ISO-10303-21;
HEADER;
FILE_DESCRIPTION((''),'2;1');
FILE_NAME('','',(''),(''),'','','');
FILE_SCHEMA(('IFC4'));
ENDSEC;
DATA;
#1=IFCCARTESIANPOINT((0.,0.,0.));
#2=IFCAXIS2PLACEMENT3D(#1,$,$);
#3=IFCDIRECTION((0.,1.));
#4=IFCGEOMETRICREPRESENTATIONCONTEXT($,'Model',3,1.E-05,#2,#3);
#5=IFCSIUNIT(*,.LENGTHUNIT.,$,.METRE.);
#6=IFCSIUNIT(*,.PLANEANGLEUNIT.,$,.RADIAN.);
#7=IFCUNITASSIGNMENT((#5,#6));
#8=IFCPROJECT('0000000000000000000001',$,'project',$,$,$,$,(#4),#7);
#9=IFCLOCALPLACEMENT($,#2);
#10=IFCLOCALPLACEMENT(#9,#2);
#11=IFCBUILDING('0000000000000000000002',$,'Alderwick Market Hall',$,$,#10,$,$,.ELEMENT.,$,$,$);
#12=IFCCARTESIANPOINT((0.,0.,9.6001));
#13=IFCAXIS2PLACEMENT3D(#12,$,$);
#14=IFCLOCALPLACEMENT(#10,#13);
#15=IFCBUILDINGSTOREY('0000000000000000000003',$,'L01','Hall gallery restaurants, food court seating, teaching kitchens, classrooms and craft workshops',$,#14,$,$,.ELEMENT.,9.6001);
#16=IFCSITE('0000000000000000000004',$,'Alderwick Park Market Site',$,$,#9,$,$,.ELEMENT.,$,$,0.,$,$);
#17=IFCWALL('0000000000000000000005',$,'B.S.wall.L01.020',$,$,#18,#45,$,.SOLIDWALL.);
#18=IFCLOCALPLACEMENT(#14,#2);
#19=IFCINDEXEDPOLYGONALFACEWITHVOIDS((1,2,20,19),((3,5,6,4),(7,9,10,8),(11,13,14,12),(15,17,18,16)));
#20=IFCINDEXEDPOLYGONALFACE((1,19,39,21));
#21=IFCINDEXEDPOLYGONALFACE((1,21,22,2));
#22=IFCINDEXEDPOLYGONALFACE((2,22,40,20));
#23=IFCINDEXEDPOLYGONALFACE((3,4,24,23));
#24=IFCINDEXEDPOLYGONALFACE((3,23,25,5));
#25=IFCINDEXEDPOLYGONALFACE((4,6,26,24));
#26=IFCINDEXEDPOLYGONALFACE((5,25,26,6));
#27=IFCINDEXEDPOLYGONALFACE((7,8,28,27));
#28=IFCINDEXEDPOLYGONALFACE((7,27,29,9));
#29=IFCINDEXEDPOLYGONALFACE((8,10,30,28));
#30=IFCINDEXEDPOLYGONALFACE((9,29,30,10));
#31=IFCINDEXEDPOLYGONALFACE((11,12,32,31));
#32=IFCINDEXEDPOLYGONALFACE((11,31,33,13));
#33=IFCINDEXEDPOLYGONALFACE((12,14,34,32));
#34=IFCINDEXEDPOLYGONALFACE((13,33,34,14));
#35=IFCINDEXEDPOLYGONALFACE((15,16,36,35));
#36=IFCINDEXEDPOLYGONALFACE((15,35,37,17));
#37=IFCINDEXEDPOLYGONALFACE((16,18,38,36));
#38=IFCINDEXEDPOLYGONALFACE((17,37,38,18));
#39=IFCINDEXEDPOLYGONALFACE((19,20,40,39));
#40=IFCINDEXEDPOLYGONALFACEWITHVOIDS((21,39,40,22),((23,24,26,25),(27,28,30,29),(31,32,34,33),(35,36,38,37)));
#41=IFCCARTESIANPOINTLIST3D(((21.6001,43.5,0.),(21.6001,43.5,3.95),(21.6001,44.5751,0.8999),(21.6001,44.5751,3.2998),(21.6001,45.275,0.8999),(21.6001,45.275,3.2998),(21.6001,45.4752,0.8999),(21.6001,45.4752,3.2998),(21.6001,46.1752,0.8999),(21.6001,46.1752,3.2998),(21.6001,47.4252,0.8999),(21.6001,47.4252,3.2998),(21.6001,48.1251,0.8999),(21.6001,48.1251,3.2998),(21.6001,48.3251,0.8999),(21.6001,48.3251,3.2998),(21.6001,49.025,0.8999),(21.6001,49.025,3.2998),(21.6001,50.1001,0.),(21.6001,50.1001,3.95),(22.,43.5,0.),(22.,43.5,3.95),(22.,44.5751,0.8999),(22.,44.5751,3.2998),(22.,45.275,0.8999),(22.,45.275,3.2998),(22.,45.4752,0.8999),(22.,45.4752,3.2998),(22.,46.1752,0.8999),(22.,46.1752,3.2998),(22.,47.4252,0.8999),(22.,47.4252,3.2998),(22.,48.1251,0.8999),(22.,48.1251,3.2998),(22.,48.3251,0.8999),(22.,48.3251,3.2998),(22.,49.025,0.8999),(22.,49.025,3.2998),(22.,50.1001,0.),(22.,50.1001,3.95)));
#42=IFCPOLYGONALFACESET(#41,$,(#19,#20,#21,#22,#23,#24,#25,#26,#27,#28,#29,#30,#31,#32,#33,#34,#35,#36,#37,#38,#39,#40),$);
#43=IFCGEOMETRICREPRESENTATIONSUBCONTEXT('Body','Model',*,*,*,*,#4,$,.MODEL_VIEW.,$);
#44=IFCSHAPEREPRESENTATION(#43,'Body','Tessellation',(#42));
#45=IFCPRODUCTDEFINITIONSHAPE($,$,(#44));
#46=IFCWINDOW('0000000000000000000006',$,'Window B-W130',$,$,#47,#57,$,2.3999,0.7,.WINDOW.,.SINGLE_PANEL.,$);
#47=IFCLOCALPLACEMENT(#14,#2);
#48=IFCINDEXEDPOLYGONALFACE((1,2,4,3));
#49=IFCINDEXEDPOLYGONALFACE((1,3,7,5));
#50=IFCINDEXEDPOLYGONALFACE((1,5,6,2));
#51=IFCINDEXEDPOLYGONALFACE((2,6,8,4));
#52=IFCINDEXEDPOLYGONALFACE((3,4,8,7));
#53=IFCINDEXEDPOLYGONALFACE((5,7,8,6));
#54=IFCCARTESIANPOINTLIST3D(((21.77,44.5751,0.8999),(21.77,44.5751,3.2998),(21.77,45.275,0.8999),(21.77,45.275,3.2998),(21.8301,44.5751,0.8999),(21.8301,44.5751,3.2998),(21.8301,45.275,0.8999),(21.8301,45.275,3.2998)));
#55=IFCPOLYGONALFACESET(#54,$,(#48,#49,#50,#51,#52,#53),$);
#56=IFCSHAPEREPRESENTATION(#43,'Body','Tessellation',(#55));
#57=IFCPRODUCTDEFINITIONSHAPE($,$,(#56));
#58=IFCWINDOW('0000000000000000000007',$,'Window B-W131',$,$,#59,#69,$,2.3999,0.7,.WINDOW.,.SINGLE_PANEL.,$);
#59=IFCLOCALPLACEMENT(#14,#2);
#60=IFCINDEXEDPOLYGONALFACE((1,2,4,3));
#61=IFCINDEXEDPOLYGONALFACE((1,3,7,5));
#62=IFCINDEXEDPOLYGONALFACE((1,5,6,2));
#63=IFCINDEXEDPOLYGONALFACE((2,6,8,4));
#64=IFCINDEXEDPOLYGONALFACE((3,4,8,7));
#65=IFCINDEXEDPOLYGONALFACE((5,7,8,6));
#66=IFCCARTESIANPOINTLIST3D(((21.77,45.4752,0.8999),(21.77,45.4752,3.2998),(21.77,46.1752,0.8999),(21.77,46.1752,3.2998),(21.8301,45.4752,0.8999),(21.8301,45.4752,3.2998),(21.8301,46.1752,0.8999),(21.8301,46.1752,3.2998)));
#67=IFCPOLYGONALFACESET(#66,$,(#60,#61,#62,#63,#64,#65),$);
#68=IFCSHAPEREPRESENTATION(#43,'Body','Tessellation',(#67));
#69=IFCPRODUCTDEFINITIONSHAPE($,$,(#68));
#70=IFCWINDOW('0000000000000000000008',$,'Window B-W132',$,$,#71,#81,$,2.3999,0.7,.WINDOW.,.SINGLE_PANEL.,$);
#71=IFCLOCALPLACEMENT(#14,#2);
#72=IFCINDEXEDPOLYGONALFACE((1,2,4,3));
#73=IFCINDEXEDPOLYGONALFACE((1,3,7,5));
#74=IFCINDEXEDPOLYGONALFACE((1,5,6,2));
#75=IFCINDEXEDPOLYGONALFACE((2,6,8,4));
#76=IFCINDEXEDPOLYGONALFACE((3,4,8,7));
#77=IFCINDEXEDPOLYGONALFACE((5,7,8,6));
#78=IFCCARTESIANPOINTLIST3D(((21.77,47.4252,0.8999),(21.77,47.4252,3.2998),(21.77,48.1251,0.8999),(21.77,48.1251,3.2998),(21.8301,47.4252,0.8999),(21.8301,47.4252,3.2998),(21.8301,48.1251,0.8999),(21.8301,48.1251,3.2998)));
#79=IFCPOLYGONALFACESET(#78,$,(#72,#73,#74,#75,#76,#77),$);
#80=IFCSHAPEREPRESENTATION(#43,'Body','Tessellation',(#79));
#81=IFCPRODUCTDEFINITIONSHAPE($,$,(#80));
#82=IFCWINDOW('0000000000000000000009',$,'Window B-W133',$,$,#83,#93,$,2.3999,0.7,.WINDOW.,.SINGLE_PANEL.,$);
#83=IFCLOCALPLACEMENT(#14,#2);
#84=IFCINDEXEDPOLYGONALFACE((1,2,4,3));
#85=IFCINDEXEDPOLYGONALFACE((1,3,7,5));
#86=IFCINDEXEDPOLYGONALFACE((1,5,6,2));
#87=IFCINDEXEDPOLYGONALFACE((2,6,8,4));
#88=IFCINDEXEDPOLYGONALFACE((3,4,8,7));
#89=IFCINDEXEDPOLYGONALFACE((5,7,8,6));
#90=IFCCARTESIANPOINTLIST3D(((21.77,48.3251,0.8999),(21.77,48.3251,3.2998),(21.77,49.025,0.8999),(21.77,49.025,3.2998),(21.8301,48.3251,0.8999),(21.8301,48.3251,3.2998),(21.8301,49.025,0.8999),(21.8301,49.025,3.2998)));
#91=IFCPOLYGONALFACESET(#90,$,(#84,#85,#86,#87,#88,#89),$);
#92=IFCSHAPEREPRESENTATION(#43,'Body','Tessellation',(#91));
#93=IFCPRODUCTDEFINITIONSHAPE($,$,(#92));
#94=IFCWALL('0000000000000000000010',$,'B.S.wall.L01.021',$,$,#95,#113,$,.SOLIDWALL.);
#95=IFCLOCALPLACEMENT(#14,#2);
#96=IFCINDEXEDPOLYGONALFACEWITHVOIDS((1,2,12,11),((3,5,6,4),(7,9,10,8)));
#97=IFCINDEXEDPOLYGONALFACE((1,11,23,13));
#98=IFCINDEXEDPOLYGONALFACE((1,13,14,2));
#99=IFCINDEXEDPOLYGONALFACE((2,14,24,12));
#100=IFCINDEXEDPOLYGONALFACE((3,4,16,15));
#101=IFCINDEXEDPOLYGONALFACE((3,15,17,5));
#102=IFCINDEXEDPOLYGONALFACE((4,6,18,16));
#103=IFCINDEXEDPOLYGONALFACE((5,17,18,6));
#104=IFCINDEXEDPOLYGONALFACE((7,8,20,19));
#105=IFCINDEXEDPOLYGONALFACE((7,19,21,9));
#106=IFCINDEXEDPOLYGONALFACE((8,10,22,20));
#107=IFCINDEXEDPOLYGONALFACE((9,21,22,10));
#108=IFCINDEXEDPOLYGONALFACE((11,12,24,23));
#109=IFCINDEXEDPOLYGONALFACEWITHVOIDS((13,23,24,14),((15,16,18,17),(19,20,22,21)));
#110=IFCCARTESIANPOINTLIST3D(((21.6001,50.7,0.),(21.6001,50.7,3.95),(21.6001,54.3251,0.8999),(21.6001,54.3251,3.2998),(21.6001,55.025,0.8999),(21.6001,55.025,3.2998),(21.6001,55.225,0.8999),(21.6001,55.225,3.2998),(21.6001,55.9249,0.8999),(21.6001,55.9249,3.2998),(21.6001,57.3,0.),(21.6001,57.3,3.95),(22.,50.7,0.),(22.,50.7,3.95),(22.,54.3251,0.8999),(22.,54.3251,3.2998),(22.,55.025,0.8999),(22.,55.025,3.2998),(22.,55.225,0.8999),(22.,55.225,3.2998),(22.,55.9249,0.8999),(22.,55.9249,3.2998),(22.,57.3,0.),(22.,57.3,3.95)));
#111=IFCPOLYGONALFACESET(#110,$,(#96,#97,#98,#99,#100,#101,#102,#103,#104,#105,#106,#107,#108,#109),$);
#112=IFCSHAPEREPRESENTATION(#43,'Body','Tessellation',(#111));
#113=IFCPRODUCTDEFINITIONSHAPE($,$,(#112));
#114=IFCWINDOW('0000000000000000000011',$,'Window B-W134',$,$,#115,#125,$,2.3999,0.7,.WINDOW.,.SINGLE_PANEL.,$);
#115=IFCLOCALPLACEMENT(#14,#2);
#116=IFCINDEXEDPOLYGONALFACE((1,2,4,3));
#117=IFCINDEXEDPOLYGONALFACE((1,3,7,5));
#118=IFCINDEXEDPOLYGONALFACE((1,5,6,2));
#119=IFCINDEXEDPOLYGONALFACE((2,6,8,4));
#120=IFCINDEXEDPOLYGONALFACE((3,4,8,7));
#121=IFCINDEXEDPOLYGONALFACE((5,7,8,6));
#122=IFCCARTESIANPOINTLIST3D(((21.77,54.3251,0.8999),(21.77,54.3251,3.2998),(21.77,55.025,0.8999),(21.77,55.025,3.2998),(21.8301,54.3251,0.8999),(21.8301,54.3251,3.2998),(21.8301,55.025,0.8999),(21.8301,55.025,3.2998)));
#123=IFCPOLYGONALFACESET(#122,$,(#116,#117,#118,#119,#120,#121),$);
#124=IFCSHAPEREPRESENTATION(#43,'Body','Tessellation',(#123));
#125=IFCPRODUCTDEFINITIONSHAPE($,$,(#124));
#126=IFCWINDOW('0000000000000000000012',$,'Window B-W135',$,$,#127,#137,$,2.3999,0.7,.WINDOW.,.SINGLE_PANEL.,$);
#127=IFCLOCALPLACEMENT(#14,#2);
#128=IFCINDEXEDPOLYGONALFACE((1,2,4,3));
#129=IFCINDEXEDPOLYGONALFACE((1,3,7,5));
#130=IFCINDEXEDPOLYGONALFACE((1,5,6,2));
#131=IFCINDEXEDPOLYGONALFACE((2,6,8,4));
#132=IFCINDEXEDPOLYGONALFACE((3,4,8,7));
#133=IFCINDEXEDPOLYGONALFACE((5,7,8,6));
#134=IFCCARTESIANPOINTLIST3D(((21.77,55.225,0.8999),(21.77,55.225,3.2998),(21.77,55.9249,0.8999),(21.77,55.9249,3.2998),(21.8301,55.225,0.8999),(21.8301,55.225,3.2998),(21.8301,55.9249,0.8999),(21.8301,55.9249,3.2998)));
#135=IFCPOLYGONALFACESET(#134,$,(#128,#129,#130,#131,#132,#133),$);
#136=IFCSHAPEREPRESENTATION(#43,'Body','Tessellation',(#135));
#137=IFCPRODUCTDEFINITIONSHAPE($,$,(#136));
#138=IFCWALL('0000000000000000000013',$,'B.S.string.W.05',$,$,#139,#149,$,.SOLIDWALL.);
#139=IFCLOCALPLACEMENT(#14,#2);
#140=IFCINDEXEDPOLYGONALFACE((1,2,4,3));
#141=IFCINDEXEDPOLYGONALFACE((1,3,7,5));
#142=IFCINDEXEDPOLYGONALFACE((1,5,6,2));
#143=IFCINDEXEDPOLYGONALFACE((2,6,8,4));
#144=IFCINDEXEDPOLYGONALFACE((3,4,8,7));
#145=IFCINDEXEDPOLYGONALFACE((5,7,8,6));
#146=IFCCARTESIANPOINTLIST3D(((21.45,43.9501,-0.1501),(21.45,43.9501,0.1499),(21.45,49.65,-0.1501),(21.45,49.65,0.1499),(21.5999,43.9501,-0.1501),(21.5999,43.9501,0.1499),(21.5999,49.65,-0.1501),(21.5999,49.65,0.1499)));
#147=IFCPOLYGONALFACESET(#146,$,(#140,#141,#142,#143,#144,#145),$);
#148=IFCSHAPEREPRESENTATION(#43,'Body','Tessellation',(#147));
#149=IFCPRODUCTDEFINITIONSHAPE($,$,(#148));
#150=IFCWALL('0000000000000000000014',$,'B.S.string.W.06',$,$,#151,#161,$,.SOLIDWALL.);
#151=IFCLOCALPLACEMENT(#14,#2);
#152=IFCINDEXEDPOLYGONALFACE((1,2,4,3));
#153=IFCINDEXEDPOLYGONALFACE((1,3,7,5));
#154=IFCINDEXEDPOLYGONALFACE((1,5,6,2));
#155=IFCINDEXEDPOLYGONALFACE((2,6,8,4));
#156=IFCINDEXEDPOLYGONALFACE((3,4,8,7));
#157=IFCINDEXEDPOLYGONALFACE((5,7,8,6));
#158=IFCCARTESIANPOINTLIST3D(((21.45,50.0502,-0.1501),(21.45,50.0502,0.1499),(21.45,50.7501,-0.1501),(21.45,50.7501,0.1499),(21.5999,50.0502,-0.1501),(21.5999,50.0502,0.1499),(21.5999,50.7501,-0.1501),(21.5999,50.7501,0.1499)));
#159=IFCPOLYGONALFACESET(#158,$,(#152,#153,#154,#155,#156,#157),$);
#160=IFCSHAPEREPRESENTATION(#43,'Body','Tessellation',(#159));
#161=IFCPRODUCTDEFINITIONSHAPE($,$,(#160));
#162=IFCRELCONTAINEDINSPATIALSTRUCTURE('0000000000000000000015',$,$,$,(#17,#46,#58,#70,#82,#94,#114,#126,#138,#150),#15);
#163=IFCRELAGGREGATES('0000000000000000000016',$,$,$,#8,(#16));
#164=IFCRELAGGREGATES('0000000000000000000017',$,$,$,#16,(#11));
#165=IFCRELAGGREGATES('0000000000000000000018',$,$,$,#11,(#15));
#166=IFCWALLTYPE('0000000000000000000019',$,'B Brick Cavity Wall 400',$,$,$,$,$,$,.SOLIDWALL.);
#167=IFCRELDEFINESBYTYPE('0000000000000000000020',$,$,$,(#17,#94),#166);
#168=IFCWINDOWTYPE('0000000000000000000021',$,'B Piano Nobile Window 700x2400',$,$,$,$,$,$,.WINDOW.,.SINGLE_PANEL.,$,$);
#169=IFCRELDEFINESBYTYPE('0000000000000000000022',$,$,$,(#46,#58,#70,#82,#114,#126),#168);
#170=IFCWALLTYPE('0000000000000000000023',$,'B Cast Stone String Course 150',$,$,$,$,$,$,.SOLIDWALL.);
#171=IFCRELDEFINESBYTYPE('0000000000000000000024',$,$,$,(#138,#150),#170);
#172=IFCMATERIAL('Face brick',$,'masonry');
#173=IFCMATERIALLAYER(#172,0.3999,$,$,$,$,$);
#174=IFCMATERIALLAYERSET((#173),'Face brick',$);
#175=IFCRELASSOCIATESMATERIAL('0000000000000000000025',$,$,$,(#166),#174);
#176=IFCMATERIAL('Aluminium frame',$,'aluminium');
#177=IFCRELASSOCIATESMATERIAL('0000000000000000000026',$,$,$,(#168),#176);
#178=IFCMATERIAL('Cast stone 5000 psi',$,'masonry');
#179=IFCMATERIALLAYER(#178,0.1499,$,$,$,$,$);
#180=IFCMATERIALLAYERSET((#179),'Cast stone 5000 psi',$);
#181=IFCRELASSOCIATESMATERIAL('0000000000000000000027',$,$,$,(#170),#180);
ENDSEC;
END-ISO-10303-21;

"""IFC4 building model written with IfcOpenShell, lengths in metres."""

from ifc_helpers import new_model, si_unit, direction, frame, frame_2d, origin, place, context, subcontext, project, spatial, rectangle, extrude, material, layer, layer_set, type_object, element, fill, save


model = new_model("IFC4")

# Units and contexts
model_context = context("Model", 3, precision=1e-05, world=origin(), true_north=direction((0.0, 1.0)))
body_context = subcontext(model_context, "Body", "Model", "MODEL_VIEW")
ifc_project = project(units=[si_unit("LENGTHUNIT", "METRE"), si_unit("PLANEANGLEUNIT", "RADIAN")], contexts=[model_context])

# Site, building, storey
site_placement = place(None, origin())
site = spatial("IfcSite", under=ifc_project, at=site_placement, Name="Alderwick Park Market Site", CompositionType="ELEMENT", RefElevation=0.0)
building_placement = place(site_placement, origin())
building = spatial("IfcBuilding", under=site, at=building_placement, Name="Alderwick Market Hall", CompositionType="ELEMENT")
storey_placement = place(building_placement, frame((0.0, 0.0, 9.6001)))
storey = spatial("IfcBuildingStorey", under=building, at=storey_placement, Name="L01", Description="Hall gallery restaurants, food court seating, teaching kitchens, classrooms and craft workshops", CompositionType="ELEMENT", Elevation=9.6001)

# Walls, openings, windows
ifc_material_1 = material(Name="Face brick", Category="masonry")
ifc_layer_1 = layer(ifc_material_1, 0.3999)
ifc_layer_set_1 = layer_set([ifc_layer_1], Name="Face brick")
wall_type_1 = type_object("IfcWallType", Name="B Brick Cavity Wall 400", PredefinedType="SOLIDWALL", material=ifc_layer_set_1)
wall_1_placement = place(storey_placement, frame((21.8, 43.5, 0.0), z_axis=(0.0, 0.0, 1.0), x_axis=(0.0, 1.0, 0.0)))
wall_1 = element("IfcWall", 1, at=wall_1_placement, inside=storey, type_object=wall_type_1, Name="B.S.wall.L01.020", PredefinedType="SOLIDWALL", context=body_context, shape_type="SweptSolid", body=[
    extrude(rectangle(XDim=6.6001, YDim=0.3999, at=frame_2d((3.3, 0.0))), origin(), (0.0, 0.0, 1.0), 3.95),
])
opening_1_placement = place(wall_1_placement, frame((1.075, 0.0, 0.8999)))
opening_1 = element("IfcOpeningElement", 2, at=opening_1_placement, cuts=wall_1, PredefinedType="OPENING", context=body_context, shape_type="SweptSolid", body=[
    extrude(rectangle(XDim=0.7, YDim=2.3999, at=frame_2d((0.3501, 1.2))), frame((0.0, 0.21, 0.0), z_axis=(0.0, -1.0, 0.0), x_axis=(1.0, 0.0, 0.0)), (0.0, 0.0, 1.0), 0.4199),
])
opening_2_placement = place(wall_1_placement, frame((1.9751, 0.0, 0.8999)))
opening_2 = element("IfcOpeningElement", 3, at=opening_2_placement, cuts=wall_1, PredefinedType="OPENING", context=body_context, shape_type="SweptSolid", body=[
    extrude(rectangle(XDim=0.7, YDim=2.3999, at=frame_2d((0.3501, 1.2))), frame((0.0, 0.21, 0.0), z_axis=(0.0, -1.0, 0.0), x_axis=(1.0, 0.0, 0.0)), (0.0, 0.0, 1.0), 0.4199),
])
opening_3_placement = place(wall_1_placement, frame((3.925, 0.0, 0.8999)))
opening_3 = element("IfcOpeningElement", 4, at=opening_3_placement, cuts=wall_1, PredefinedType="OPENING", context=body_context, shape_type="SweptSolid", body=[
    extrude(rectangle(XDim=0.7, YDim=2.3999, at=frame_2d((0.3501, 1.2))), frame((0.0, 0.21, 0.0), z_axis=(0.0, -1.0, 0.0), x_axis=(1.0, 0.0, 0.0)), (0.0, 0.0, 1.0), 0.4199),
])
opening_4_placement = place(wall_1_placement, frame((4.825, 0.0, 0.8999)))
opening_4 = element("IfcOpeningElement", 5, at=opening_4_placement, cuts=wall_1, PredefinedType="OPENING", context=body_context, shape_type="SweptSolid", body=[
    extrude(rectangle(XDim=0.7, YDim=2.3999, at=frame_2d((0.3501, 1.2))), frame((0.0, 0.21, 0.0), z_axis=(0.0, -1.0, 0.0), x_axis=(1.0, 0.0, 0.0)), (0.0, 0.0, 1.0), 0.4199),
])
ifc_material_2 = material(Name="Aluminium frame", Category="aluminium")
window_type = type_object("IfcWindowType", Name="B Piano Nobile Window 700x2400", PartitioningType="SINGLE_PANEL", PredefinedType="WINDOW", material=ifc_material_2)
window_1_placement = place(opening_1_placement, origin())
window_1 = element("IfcWindow", 6, at=window_1_placement, inside=storey, type_object=window_type, Name="Window B-W130", OverallHeight=2.3999, OverallWidth=0.7, PartitioningType="SINGLE_PANEL", PredefinedType="WINDOW", context=body_context, shape_type="SweptSolid", body=[
    extrude(rectangle(XDim=0.7, YDim=2.3999, at=frame_2d((0.3501, 1.2))), frame((0.0, 0.03, 0.0), z_axis=(0.0, -1.0, 0.0), x_axis=(1.0, 0.0, 0.0)), (0.0, 0.0, 1.0), 0.0601),
])
fill(opening_1, window_1)
window_2_placement = place(opening_2_placement, origin())
window_2 = element("IfcWindow", 7, at=window_2_placement, inside=storey, type_object=window_type, Name="Window B-W131", OverallHeight=2.3999, OverallWidth=0.7, PartitioningType="SINGLE_PANEL", PredefinedType="WINDOW", context=body_context, shape_type="SweptSolid", body=[
    extrude(rectangle(XDim=0.7, YDim=2.3999, at=frame_2d((0.3501, 1.2))), frame((0.0, 0.03, 0.0), z_axis=(0.0, -1.0, 0.0), x_axis=(1.0, 0.0, 0.0)), (0.0, 0.0, 1.0), 0.0601),
])
fill(opening_2, window_2)
window_3_placement = place(opening_3_placement, origin())
window_3 = element("IfcWindow", 8, at=window_3_placement, inside=storey, type_object=window_type, Name="Window B-W132", OverallHeight=2.3999, OverallWidth=0.7, PartitioningType="SINGLE_PANEL", PredefinedType="WINDOW", context=body_context, shape_type="SweptSolid", body=[
    extrude(rectangle(XDim=0.7, YDim=2.3999, at=frame_2d((0.3501, 1.2))), frame((0.0, 0.03, 0.0), z_axis=(0.0, -1.0, 0.0), x_axis=(1.0, 0.0, 0.0)), (0.0, 0.0, 1.0), 0.0601),
])
fill(opening_3, window_3)
window_4_placement = place(opening_4_placement, origin())
window_4 = element("IfcWindow", 9, at=window_4_placement, inside=storey, type_object=window_type, Name="Window B-W133", OverallHeight=2.3999, OverallWidth=0.7, PartitioningType="SINGLE_PANEL", PredefinedType="WINDOW", context=body_context, shape_type="SweptSolid", body=[
    extrude(rectangle(XDim=0.7, YDim=2.3999, at=frame_2d((0.3501, 1.2))), frame((0.0, 0.03, 0.0), z_axis=(0.0, -1.0, 0.0), x_axis=(1.0, 0.0, 0.0)), (0.0, 0.0, 1.0), 0.0601),
])
fill(opening_4, window_4)
wall_2_placement = place(storey_placement, frame((21.8, 50.7, 0.0), z_axis=(0.0, 0.0, 1.0), x_axis=(0.0, 1.0, 0.0)))
wall_2 = element("IfcWall", 10, at=wall_2_placement, inside=storey, type_object=wall_type_1, Name="B.S.wall.L01.021", PredefinedType="SOLIDWALL", context=body_context, shape_type="SweptSolid", body=[
    extrude(rectangle(XDim=6.6001, YDim=0.3999, at=frame_2d((3.3, 0.0))), origin(), (0.0, 0.0, 1.0), 3.95),
])
opening_5_placement = place(wall_2_placement, frame((3.625, 0.0, 0.8999)))
opening_5 = element("IfcOpeningElement", 11, at=opening_5_placement, cuts=wall_2, PredefinedType="OPENING", context=body_context, shape_type="SweptSolid", body=[
    extrude(rectangle(XDim=0.7, YDim=2.3999, at=frame_2d((0.3501, 1.2))), frame((0.0, 0.21, 0.0), z_axis=(0.0, -1.0, 0.0), x_axis=(1.0, 0.0, 0.0)), (0.0, 0.0, 1.0), 0.4199),
])
opening_6_placement = place(wall_2_placement, frame((4.5249, 0.0, 0.8999)))
opening_6 = element("IfcOpeningElement", 12, at=opening_6_placement, cuts=wall_2, PredefinedType="OPENING", context=body_context, shape_type="SweptSolid", body=[
    extrude(rectangle(XDim=0.7, YDim=2.3999, at=frame_2d((0.3501, 1.2))), frame((0.0, 0.21, 0.0), z_axis=(0.0, -1.0, 0.0), x_axis=(1.0, 0.0, 0.0)), (0.0, 0.0, 1.0), 0.4199),
])
window_5_placement = place(opening_5_placement, origin())
window_5 = element("IfcWindow", 13, at=window_5_placement, inside=storey, type_object=window_type, Name="Window B-W134", OverallHeight=2.3999, OverallWidth=0.7, PartitioningType="SINGLE_PANEL", PredefinedType="WINDOW", context=body_context, shape_type="SweptSolid", body=[
    extrude(rectangle(XDim=0.7, YDim=2.3999, at=frame_2d((0.3501, 1.2))), frame((0.0, 0.03, 0.0), z_axis=(0.0, -1.0, 0.0), x_axis=(1.0, 0.0, 0.0)), (0.0, 0.0, 1.0), 0.0601),
])
fill(opening_5, window_5)
window_6_placement = place(opening_6_placement, origin())
window_6 = element("IfcWindow", 14, at=window_6_placement, inside=storey, type_object=window_type, Name="Window B-W135", OverallHeight=2.3999, OverallWidth=0.7, PartitioningType="SINGLE_PANEL", PredefinedType="WINDOW", context=body_context, shape_type="SweptSolid", body=[
    extrude(rectangle(XDim=0.7, YDim=2.3999, at=frame_2d((0.3501, 1.2))), frame((0.0, 0.03, 0.0), z_axis=(0.0, -1.0, 0.0), x_axis=(1.0, 0.0, 0.0)), (0.0, 0.0, 1.0), 0.0601),
])
fill(opening_6, window_6)

# Walls
ifc_material_3 = material(Name="Cast stone 5000 psi", Category="masonry")
ifc_layer_2 = layer(ifc_material_3, 0.1499)
ifc_layer_set_2 = layer_set([ifc_layer_2], Name="Cast stone 5000 psi")
wall_type_2 = type_object("IfcWallType", Name="B Cast Stone String Course 150", PredefinedType="SOLIDWALL", material=ifc_layer_set_2)
wall_3_placement = place(storey_placement, frame((21.5249, 43.95, -0.1501), z_axis=(0.0, 0.0, 1.0), x_axis=(0.0, 1.0, 0.0)))
element("IfcWall", 15, at=wall_3_placement, inside=storey, type_object=wall_type_2, Name="B.S.string.W.05", PredefinedType="SOLIDWALL", context=body_context, shape_type="SweptSolid", body=[
    extrude(rectangle(XDim=5.7, YDim=0.1499, at=frame_2d((2.8501, 0.0))), origin(), (0.0, 0.0, 1.0), 0.3),
])
wall_4_placement = place(storey_placement, frame((21.5249, 50.05, -0.1501), z_axis=(0.0, 0.0, 1.0), x_axis=(0.0, 1.0, 0.0)))
element("IfcWall", 16, at=wall_4_placement, inside=storey, type_object=wall_type_2, Name="B.S.string.W.06", PredefinedType="SOLIDWALL", context=body_context, shape_type="SweptSolid", body=[
    extrude(rectangle(XDim=0.7, YDim=0.1499, at=frame_2d((0.3501, 0.0))), origin(), (0.0, 0.0, 1.0), 0.3),
])

save(model, "model.ifc")
